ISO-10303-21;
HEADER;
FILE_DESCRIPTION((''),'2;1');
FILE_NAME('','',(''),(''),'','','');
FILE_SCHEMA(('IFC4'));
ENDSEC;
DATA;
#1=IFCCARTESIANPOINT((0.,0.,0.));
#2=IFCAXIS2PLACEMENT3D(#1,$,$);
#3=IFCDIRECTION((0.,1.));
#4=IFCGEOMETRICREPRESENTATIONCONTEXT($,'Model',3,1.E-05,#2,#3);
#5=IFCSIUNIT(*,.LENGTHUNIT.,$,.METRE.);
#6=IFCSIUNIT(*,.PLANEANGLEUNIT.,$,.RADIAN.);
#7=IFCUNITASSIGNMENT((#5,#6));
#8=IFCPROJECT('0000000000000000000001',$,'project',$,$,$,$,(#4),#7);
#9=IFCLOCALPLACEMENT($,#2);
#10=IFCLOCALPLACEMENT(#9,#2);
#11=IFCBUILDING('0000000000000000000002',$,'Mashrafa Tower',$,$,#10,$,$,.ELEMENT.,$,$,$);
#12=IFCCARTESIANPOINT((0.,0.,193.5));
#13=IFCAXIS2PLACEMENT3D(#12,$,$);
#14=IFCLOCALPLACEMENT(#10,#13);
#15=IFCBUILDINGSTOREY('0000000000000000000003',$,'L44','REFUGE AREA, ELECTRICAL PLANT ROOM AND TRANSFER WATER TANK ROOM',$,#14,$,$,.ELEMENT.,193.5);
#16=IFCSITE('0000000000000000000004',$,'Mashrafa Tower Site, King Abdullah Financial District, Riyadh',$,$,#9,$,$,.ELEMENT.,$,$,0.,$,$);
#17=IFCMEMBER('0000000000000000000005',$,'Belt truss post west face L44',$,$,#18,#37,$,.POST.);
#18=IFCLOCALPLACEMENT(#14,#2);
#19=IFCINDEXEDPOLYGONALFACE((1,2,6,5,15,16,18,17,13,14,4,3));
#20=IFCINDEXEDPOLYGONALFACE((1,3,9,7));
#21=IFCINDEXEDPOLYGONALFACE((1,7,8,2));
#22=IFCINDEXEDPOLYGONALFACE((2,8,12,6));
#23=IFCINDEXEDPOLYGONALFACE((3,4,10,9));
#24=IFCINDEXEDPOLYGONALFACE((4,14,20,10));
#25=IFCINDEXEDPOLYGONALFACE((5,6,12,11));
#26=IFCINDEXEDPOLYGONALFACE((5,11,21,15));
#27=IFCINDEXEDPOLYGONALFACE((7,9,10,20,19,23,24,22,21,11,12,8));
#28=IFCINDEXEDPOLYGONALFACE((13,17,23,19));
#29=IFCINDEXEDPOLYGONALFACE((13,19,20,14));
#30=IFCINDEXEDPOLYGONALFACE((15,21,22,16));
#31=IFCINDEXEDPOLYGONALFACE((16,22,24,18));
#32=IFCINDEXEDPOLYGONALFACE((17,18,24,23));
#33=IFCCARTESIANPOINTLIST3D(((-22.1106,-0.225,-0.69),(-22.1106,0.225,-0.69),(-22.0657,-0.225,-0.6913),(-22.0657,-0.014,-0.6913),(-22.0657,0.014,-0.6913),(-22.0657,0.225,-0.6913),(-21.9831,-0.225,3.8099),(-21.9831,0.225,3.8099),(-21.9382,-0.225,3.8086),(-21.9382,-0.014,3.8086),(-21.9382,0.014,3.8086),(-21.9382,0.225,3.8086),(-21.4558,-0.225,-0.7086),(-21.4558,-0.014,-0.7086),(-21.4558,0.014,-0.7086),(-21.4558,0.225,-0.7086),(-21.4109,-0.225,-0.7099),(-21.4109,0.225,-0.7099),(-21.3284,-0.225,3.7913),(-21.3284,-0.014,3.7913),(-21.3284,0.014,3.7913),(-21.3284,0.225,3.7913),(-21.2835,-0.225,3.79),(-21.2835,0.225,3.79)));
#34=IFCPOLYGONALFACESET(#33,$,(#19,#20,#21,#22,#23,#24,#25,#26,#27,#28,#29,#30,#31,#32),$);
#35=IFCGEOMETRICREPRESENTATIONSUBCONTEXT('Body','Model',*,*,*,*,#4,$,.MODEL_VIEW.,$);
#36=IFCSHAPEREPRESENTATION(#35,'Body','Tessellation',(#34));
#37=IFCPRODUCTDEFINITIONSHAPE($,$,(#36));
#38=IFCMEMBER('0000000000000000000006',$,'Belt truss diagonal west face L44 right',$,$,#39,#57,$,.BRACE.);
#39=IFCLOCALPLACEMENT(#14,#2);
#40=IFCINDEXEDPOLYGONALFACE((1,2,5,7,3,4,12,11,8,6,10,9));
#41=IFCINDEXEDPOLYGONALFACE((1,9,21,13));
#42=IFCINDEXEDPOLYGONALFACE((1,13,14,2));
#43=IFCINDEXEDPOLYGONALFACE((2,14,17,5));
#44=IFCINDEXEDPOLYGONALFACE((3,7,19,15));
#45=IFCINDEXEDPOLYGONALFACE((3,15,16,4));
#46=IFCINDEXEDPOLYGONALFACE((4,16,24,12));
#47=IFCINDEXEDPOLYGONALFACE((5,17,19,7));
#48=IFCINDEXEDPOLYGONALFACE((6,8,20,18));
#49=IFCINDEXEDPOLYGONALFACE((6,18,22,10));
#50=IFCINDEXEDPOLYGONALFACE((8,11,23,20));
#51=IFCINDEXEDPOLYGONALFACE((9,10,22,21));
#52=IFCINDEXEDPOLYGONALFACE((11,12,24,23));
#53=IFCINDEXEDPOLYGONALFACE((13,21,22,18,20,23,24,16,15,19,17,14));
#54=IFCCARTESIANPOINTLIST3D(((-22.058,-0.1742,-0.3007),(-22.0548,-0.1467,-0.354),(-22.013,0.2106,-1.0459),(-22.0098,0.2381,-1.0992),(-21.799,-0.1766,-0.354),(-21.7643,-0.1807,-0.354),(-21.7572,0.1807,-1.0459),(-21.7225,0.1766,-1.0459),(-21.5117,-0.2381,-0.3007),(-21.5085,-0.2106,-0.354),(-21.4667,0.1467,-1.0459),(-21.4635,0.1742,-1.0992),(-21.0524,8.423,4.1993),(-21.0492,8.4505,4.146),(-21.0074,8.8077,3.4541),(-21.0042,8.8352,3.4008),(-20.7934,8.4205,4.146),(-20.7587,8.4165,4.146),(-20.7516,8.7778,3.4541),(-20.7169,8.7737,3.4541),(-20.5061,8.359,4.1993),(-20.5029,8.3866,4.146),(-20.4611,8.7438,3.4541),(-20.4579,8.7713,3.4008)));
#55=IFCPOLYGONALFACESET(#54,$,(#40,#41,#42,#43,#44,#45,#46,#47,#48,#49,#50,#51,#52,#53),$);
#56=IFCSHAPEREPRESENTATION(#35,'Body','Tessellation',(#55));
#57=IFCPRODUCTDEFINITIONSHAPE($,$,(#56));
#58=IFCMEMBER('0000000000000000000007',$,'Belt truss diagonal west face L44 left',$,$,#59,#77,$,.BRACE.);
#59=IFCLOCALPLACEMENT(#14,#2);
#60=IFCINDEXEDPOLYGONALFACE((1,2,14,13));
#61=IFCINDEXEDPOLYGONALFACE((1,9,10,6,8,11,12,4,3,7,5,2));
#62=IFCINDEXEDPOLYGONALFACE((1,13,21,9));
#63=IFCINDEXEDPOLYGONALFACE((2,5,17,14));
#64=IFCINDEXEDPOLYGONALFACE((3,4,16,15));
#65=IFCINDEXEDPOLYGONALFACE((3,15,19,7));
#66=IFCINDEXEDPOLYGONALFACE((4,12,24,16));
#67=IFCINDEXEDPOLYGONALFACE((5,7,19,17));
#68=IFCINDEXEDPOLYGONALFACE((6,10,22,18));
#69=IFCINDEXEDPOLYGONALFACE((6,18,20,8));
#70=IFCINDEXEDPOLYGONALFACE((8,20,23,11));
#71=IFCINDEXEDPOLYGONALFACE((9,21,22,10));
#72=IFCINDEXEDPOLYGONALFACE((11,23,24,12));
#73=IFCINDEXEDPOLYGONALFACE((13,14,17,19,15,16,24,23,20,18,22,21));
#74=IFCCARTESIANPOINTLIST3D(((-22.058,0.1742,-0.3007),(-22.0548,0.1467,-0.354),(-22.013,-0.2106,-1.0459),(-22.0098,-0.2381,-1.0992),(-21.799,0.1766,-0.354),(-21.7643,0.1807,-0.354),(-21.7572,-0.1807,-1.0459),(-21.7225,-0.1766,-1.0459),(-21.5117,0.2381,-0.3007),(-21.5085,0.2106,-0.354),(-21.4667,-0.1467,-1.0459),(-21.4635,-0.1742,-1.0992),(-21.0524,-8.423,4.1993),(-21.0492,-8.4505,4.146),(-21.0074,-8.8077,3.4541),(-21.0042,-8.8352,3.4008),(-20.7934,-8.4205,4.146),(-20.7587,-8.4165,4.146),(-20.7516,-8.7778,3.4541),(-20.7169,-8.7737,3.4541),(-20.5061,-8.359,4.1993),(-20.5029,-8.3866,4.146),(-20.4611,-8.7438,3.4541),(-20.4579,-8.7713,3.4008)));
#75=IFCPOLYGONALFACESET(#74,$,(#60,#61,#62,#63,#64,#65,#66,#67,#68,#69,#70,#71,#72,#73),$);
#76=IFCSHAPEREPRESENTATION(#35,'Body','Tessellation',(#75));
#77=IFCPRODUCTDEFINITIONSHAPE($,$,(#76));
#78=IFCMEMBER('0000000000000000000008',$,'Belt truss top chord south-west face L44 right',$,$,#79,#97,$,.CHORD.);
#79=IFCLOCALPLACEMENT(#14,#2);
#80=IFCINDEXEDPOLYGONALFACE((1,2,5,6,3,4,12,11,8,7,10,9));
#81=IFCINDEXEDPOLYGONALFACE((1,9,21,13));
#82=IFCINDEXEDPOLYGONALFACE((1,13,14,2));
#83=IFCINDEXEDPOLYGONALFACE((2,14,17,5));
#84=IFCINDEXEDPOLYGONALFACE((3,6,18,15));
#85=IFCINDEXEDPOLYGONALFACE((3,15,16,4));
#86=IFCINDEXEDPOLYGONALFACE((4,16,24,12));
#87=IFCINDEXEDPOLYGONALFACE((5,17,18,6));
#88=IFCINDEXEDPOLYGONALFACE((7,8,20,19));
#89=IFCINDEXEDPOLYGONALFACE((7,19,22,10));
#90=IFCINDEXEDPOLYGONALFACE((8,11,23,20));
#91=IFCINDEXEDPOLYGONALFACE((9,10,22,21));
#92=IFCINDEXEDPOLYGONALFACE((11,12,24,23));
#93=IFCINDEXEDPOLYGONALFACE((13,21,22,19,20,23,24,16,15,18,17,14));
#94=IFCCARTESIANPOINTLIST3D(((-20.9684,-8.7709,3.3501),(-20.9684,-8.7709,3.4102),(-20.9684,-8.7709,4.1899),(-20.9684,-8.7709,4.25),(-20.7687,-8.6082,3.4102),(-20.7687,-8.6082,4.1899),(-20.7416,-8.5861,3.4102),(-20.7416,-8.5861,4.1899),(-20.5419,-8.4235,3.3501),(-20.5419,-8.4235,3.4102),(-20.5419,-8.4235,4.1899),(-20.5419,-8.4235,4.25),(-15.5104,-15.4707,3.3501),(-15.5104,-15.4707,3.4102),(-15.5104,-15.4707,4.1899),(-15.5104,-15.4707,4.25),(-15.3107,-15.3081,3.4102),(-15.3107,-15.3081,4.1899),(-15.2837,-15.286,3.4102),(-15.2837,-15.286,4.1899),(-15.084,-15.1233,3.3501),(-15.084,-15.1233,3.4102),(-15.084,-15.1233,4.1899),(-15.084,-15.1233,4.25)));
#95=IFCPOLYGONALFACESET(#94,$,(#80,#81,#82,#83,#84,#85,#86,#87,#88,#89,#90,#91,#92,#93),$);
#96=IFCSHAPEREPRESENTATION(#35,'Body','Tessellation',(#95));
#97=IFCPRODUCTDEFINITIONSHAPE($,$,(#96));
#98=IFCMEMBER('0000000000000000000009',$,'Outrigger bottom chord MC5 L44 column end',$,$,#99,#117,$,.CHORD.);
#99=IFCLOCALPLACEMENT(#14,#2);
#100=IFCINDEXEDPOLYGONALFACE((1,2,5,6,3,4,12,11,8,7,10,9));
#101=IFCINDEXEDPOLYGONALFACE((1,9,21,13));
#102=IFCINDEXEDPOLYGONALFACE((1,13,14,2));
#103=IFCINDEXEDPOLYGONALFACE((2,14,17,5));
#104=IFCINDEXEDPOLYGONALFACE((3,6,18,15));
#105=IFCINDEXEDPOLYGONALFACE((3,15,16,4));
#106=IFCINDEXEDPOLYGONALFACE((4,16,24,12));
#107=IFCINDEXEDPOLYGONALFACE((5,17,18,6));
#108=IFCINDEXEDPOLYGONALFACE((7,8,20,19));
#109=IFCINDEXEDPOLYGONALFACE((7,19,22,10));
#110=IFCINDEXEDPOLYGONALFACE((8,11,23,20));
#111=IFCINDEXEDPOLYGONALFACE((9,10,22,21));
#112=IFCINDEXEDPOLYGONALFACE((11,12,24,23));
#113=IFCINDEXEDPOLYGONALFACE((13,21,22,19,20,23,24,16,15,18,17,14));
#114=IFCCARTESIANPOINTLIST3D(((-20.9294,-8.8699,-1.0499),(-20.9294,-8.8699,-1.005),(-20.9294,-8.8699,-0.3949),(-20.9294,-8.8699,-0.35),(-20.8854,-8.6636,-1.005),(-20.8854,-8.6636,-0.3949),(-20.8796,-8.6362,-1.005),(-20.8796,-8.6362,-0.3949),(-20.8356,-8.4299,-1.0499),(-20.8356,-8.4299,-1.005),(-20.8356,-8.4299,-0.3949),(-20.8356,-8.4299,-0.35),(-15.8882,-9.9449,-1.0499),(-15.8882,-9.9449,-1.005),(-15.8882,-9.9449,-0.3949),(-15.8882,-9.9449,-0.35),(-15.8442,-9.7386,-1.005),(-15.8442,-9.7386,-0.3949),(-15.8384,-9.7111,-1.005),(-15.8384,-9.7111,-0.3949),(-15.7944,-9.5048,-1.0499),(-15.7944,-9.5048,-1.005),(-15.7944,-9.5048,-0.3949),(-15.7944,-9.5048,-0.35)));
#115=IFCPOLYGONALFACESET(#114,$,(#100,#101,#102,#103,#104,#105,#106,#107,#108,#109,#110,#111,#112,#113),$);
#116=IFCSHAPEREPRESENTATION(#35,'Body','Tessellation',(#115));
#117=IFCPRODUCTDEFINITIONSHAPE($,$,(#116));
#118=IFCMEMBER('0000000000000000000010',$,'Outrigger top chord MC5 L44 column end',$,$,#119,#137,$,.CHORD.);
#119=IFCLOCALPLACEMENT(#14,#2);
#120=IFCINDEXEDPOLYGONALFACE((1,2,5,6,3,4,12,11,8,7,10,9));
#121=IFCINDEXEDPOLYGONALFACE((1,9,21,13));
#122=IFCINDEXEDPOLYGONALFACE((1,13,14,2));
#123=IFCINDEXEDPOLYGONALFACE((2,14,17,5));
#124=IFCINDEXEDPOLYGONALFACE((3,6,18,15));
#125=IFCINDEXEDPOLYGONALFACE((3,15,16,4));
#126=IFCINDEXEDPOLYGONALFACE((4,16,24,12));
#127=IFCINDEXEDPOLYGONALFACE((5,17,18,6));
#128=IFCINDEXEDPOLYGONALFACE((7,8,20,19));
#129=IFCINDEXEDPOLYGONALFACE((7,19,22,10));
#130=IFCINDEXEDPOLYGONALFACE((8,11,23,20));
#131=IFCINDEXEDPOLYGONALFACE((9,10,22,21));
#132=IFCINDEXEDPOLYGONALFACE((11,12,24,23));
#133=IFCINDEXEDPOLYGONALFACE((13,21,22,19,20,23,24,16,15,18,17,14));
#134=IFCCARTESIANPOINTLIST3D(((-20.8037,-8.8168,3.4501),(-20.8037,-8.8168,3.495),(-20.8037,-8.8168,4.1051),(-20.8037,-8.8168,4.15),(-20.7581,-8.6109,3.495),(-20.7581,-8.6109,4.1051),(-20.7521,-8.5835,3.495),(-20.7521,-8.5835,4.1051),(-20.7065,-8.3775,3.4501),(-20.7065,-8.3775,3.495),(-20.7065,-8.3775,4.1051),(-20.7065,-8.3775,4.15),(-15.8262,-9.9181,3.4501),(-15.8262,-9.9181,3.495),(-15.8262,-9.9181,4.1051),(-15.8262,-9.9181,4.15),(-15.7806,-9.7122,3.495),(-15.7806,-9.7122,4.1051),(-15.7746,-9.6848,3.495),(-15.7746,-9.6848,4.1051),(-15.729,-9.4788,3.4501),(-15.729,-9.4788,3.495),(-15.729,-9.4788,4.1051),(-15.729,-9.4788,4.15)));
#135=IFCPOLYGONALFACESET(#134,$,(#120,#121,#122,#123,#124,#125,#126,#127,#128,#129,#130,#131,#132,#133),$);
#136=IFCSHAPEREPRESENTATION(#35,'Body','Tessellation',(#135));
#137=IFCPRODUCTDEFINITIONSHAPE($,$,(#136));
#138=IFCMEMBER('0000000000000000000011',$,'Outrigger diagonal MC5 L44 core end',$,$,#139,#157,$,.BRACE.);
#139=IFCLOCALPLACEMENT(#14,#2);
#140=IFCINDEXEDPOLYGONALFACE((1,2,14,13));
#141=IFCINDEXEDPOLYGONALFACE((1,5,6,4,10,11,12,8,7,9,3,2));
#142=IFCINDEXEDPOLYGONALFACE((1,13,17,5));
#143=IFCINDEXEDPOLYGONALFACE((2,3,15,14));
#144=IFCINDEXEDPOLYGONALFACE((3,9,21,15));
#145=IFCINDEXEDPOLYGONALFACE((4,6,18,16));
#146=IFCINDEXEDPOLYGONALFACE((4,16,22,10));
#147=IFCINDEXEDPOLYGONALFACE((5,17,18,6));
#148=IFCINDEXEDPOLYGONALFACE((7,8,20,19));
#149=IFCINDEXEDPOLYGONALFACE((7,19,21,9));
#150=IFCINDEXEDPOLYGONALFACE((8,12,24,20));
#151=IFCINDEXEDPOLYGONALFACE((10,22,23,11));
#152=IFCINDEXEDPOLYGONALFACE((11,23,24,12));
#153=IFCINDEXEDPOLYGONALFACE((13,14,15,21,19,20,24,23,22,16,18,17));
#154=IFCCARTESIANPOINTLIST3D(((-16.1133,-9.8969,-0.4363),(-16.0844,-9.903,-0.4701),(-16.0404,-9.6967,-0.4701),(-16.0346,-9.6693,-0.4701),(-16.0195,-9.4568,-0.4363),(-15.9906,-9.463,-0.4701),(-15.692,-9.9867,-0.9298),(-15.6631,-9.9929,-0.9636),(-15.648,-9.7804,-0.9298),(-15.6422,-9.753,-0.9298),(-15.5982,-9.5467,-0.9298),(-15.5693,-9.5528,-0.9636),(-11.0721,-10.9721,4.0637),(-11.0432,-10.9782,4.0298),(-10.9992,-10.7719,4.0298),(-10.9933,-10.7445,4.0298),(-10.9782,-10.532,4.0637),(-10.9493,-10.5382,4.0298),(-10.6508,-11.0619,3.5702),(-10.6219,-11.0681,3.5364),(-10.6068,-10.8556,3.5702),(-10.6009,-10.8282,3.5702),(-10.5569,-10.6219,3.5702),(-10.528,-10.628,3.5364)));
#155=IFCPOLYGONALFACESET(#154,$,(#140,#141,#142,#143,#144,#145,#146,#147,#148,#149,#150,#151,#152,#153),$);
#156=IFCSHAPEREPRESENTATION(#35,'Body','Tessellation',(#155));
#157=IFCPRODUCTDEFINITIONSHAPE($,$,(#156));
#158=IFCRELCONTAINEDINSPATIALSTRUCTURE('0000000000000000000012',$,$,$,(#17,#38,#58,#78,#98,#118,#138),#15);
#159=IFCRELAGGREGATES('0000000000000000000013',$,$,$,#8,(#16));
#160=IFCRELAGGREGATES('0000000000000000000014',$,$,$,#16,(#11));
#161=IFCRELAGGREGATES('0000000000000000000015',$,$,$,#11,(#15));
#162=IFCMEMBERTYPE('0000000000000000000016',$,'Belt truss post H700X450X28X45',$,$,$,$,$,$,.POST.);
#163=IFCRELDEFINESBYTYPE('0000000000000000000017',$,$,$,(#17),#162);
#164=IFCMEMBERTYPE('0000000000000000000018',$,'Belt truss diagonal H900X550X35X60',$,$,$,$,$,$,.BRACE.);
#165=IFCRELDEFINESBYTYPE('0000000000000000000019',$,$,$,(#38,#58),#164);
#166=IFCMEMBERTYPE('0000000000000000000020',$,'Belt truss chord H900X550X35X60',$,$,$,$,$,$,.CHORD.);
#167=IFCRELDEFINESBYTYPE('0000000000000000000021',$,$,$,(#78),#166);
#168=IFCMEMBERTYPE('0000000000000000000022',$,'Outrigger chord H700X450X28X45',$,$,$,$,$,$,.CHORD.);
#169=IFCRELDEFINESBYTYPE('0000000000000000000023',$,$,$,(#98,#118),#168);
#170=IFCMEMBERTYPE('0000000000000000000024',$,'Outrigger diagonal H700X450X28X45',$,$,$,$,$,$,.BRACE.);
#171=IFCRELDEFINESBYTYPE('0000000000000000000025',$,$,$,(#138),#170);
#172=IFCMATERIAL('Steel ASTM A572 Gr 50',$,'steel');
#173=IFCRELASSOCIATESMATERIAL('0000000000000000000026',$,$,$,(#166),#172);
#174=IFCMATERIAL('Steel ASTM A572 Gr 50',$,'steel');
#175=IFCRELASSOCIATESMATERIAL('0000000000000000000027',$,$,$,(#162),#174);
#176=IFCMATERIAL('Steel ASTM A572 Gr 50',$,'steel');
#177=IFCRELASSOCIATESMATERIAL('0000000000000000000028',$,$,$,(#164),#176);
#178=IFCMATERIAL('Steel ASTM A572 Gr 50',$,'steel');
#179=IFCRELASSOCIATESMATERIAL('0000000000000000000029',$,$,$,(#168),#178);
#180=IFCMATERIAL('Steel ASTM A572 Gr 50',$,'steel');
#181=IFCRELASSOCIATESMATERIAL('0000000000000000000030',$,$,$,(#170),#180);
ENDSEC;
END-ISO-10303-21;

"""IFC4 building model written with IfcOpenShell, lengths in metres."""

from ifc_helpers import new_model, si_unit, direction, frame, origin, origin_2d, place, context, subcontext, project, spatial, i_section, extrude, source, transform, mapped, material, material_profile, profile_set, type_object, type_shapes, element, save


model = new_model("IFC4")

# Units and contexts
model_context = context("Model", 3, precision=1e-05, world=origin(), true_north=direction((0.0, 1.0)))
body_context = subcontext(model_context, "Body", "Model", "MODEL_VIEW")
ifc_project = project(units=[si_unit("LENGTHUNIT", "METRE"), si_unit("PLANEANGLEUNIT", "RADIAN")], contexts=[model_context])

# Site, building, storey
site_placement = place(None, origin())
site = spatial("IfcSite", under=ifc_project, at=site_placement, Name="Mashrafa Tower Site, King Abdullah Financial District, Riyadh", CompositionType="ELEMENT", RefElevation=0.0)
building_placement = place(site_placement, origin())
building = spatial("IfcBuilding", under=site, at=building_placement, Name="Mashrafa Tower", CompositionType="ELEMENT")
storey_placement = place(building_placement, frame((0.0, 0.0, 193.5)))
storey = spatial("IfcBuildingStorey", under=building, at=storey_placement, Name="L44", Description="REFUGE AREA, ELECTRICAL PLANT ROOM AND TRANSFER WATER TANK ROOM", CompositionType="ELEMENT", Elevation=193.5)

# Members
ifc_material_1 = material(Name="Steel ASTM A572 Gr 50", Category="steel")
ifc_material_profile_1 = material_profile(ifc_material_1, i_section(OverallWidth=0.55, OverallDepth=0.8999, WebThickness=0.0349, FlangeThickness=0.0601, at=origin_2d()), Name="H900X550X35X60")
ifc_profile_set_1 = profile_set([ifc_material_profile_1], Name="Steel ASTM A572 Gr 50")
member_type_1 = type_object("IfcMemberType", Name="Belt truss chord H900X550X35X60", PredefinedType="CHORD", material=ifc_profile_set_1)
ifc_material_2 = material(Name="Steel ASTM A572 Gr 50", Category="steel")
ifc_material_profile_2 = material_profile(ifc_material_2, i_section(OverallWidth=0.45, OverallDepth=0.7, WebThickness=0.0281, FlangeThickness=0.0449, at=origin_2d()), Name="H700X450X28X45")
ifc_profile_set_2 = profile_set([ifc_material_profile_2], Name="Steel ASTM A572 Gr 50")
member_type_2 = type_object("IfcMemberType", Name="Belt truss post H700X450X28X45", PredefinedType="POST", material=ifc_profile_set_2)
shared_shape_1 = source(origin(), body_context, "Body", "SweptSolid", [
    extrude(i_section(OverallWidth=0.45, OverallDepth=0.7, WebThickness=0.0281, FlangeThickness=0.0449, at=origin_2d()), origin(), (0.0, 0.0, 1.0), 4.5017),
])
type_shapes(member_type_2, [shared_shape_1])
member_1_placement = place(storey_placement, frame((-21.7607, 0.0, -0.7), z_axis=(0.028309, 0.0, 0.999599), x_axis=(0.0, 1.0, 0.0)))
element("IfcMember", 1, at=member_1_placement, inside=storey, type_object=member_type_2, Name="Belt truss post west face L44", PredefinedType="POST", context=body_context, shape_type="MappedRepresentation", body=[
    mapped(shared_shape_1, transform((0.0, 0.0, 0.0))),
])
ifc_material_3 = material(Name="Steel ASTM A572 Gr 50", Category="steel")
ifc_material_profile_3 = material_profile(ifc_material_3, i_section(OverallWidth=0.55, OverallDepth=0.8999, WebThickness=0.0349, FlangeThickness=0.0601, at=origin_2d()), Name="H900X550X35X60")
ifc_profile_set_3 = profile_set([ifc_material_profile_3], Name="Steel ASTM A572 Gr 50")
member_type_3 = type_object("IfcMemberType", Name="Belt truss diagonal H900X550X35X60", PredefinedType="BRACE", material=ifc_profile_set_3)
shared_shape_2 = source(origin(), body_context, "Body", "SweptSolid", [
    extrude(i_section(OverallWidth=0.55, OverallDepth=0.8999, WebThickness=0.0349, FlangeThickness=0.0601, at=origin_2d()), origin(), (0.0, 0.0, 1.0), 9.7556),
])
type_shapes(member_type_3, [shared_shape_2])
for number, where, z_axis, x_axis, name in (
    (2, (-21.7607, 0.0, -0.7), (0.10308, 0.881251, 0.461272), (-0.993228, 0.116178, 0.0), "Belt truss diagonal west face L44 right"),
    (3, (-21.7607, 0.0, -0.7), (0.10308, -0.881251, 0.461272), (0.993228, 0.116178, 0.0), "Belt truss diagonal west face L44 left"),
):
    element("IfcMember", number, at=place(storey_placement, frame(where, z_axis=z_axis, x_axis=x_axis)), inside=storey, type_object=member_type_3, Name=name, PredefinedType="BRACE", context=body_context, shape_type="MappedRepresentation", body=[
        mapped(shared_shape_2, transform((0.0, 0.0, 0.0))),
    ])
shared_shape_3 = source(origin(), body_context, "Body", "SweptSolid", [
    extrude(i_section(OverallWidth=0.55, OverallDepth=0.8999, WebThickness=0.0349, FlangeThickness=0.0601, at=origin_2d()), origin(), (0.0, 0.0, 1.0), 8.6416),
])
member_2_placement = place(storey_placement, frame((-20.7551, -8.5972, 3.8), z_axis=(0.631589, -0.775304, 0.0), x_axis=(0.775304, 0.631589, 0.0)))
element("IfcMember", 4, at=member_2_placement, inside=storey, type_object=member_type_1, Name="Belt truss top chord south-west face L44 right", PredefinedType="CHORD", context=body_context, shape_type="MappedRepresentation", body=[
    mapped(shared_shape_3, transform((0.0, 0.0, 0.0))),
])
ifc_material_4 = material(Name="Steel ASTM A572 Gr 50", Category="steel")
ifc_material_profile_4 = material_profile(ifc_material_4, i_section(OverallWidth=0.45, OverallDepth=0.7, WebThickness=0.0281, FlangeThickness=0.0449, at=origin_2d()), Name="H700X450X28X45")
ifc_profile_set_4 = profile_set([ifc_material_profile_4], Name="Steel ASTM A572 Gr 50")
member_type_4 = type_object("IfcMemberType", Name="Outrigger chord H700X450X28X45", PredefinedType="CHORD", material=ifc_profile_set_4)
shared_shape_4 = source(origin(), body_context, "Body", "SweptSolid", [
    extrude(i_section(OverallWidth=0.45, OverallDepth=0.7, WebThickness=0.0281, FlangeThickness=0.0449, at=origin_2d()), origin(), (0.0, 0.0, 1.0), 5.1545),
])
member_3_placement = place(storey_placement, frame((-15.8413, -9.7249, -0.7), z_axis=(-0.978013, 0.208542, 0.0), x_axis=(-0.208542, -0.978013, 0.0)))
element("IfcMember", 5, at=member_3_placement, inside=storey, type_object=member_type_4, Name="Outrigger bottom chord MC5 L44 column end", PredefinedType="CHORD", context=body_context, shape_type="MappedRepresentation", body=[
    mapped(shared_shape_4, transform((0.0, 0.0, 0.0))),
])
shared_shape_5 = source(origin(), body_context, "Body", "SweptSolid", [
    extrude(i_section(OverallWidth=0.45, OverallDepth=0.7, WebThickness=0.0281, FlangeThickness=0.0449, at=origin_2d()), origin(), (0.0, 0.0, 1.0), 5.0979),
])
type_shapes(member_type_4, [shared_shape_4, shared_shape_5])
member_4_placement = place(storey_placement, frame((-15.7776, -9.6985, 3.8), z_axis=(-0.976386, 0.216033, 0.0), x_axis=(-0.216033, -0.976386, 0.0)))
element("IfcMember", 6, at=member_4_placement, inside=storey, type_object=member_type_4, Name="Outrigger top chord MC5 L44 column end", PredefinedType="CHORD", context=body_context, shape_type="MappedRepresentation", body=[
    mapped(shared_shape_5, transform((0.0, 0.0, 0.0))),
])
ifc_material_5 = material(Name="Steel ASTM A572 Gr 50", Category="steel")
ifc_material_profile_5 = material_profile(ifc_material_5, i_section(OverallWidth=0.45, OverallDepth=0.7, WebThickness=0.0281, FlangeThickness=0.0449, at=origin_2d()), Name="H700X450X28X45")
ifc_profile_set_5 = profile_set([ifc_material_profile_5], Name="Steel ASTM A572 Gr 50")
member_type_5 = type_object("IfcMemberType", Name="Outrigger diagonal H700X450X28X45", PredefinedType="BRACE", material=ifc_profile_set_5)
shared_shape_6 = source(origin(), body_context, "Body", "SweptSolid", [
    extrude(i_section(OverallWidth=0.45, OverallDepth=0.7, WebThickness=0.0281, FlangeThickness=0.0449, at=origin_2d()), origin(), (0.0, 0.0, 1.0), 6.8425),
])
member_5_placement = place(storey_placement, frame((-15.8413, -9.7249, -0.7), z_axis=(0.736753, -0.157134, 0.657651), x_axis=(0.208588, 0.978004, 0.0)))
element("IfcMember", 7, at=member_5_placement, inside=storey, type_object=member_type_5, Name="Outrigger diagonal MC5 L44 core end", PredefinedType="BRACE", context=body_context, shape_type="MappedRepresentation", body=[
    mapped(shared_shape_6, transform((0.0, 0.0, 0.0))),
])

save(model, "model.ifc")
